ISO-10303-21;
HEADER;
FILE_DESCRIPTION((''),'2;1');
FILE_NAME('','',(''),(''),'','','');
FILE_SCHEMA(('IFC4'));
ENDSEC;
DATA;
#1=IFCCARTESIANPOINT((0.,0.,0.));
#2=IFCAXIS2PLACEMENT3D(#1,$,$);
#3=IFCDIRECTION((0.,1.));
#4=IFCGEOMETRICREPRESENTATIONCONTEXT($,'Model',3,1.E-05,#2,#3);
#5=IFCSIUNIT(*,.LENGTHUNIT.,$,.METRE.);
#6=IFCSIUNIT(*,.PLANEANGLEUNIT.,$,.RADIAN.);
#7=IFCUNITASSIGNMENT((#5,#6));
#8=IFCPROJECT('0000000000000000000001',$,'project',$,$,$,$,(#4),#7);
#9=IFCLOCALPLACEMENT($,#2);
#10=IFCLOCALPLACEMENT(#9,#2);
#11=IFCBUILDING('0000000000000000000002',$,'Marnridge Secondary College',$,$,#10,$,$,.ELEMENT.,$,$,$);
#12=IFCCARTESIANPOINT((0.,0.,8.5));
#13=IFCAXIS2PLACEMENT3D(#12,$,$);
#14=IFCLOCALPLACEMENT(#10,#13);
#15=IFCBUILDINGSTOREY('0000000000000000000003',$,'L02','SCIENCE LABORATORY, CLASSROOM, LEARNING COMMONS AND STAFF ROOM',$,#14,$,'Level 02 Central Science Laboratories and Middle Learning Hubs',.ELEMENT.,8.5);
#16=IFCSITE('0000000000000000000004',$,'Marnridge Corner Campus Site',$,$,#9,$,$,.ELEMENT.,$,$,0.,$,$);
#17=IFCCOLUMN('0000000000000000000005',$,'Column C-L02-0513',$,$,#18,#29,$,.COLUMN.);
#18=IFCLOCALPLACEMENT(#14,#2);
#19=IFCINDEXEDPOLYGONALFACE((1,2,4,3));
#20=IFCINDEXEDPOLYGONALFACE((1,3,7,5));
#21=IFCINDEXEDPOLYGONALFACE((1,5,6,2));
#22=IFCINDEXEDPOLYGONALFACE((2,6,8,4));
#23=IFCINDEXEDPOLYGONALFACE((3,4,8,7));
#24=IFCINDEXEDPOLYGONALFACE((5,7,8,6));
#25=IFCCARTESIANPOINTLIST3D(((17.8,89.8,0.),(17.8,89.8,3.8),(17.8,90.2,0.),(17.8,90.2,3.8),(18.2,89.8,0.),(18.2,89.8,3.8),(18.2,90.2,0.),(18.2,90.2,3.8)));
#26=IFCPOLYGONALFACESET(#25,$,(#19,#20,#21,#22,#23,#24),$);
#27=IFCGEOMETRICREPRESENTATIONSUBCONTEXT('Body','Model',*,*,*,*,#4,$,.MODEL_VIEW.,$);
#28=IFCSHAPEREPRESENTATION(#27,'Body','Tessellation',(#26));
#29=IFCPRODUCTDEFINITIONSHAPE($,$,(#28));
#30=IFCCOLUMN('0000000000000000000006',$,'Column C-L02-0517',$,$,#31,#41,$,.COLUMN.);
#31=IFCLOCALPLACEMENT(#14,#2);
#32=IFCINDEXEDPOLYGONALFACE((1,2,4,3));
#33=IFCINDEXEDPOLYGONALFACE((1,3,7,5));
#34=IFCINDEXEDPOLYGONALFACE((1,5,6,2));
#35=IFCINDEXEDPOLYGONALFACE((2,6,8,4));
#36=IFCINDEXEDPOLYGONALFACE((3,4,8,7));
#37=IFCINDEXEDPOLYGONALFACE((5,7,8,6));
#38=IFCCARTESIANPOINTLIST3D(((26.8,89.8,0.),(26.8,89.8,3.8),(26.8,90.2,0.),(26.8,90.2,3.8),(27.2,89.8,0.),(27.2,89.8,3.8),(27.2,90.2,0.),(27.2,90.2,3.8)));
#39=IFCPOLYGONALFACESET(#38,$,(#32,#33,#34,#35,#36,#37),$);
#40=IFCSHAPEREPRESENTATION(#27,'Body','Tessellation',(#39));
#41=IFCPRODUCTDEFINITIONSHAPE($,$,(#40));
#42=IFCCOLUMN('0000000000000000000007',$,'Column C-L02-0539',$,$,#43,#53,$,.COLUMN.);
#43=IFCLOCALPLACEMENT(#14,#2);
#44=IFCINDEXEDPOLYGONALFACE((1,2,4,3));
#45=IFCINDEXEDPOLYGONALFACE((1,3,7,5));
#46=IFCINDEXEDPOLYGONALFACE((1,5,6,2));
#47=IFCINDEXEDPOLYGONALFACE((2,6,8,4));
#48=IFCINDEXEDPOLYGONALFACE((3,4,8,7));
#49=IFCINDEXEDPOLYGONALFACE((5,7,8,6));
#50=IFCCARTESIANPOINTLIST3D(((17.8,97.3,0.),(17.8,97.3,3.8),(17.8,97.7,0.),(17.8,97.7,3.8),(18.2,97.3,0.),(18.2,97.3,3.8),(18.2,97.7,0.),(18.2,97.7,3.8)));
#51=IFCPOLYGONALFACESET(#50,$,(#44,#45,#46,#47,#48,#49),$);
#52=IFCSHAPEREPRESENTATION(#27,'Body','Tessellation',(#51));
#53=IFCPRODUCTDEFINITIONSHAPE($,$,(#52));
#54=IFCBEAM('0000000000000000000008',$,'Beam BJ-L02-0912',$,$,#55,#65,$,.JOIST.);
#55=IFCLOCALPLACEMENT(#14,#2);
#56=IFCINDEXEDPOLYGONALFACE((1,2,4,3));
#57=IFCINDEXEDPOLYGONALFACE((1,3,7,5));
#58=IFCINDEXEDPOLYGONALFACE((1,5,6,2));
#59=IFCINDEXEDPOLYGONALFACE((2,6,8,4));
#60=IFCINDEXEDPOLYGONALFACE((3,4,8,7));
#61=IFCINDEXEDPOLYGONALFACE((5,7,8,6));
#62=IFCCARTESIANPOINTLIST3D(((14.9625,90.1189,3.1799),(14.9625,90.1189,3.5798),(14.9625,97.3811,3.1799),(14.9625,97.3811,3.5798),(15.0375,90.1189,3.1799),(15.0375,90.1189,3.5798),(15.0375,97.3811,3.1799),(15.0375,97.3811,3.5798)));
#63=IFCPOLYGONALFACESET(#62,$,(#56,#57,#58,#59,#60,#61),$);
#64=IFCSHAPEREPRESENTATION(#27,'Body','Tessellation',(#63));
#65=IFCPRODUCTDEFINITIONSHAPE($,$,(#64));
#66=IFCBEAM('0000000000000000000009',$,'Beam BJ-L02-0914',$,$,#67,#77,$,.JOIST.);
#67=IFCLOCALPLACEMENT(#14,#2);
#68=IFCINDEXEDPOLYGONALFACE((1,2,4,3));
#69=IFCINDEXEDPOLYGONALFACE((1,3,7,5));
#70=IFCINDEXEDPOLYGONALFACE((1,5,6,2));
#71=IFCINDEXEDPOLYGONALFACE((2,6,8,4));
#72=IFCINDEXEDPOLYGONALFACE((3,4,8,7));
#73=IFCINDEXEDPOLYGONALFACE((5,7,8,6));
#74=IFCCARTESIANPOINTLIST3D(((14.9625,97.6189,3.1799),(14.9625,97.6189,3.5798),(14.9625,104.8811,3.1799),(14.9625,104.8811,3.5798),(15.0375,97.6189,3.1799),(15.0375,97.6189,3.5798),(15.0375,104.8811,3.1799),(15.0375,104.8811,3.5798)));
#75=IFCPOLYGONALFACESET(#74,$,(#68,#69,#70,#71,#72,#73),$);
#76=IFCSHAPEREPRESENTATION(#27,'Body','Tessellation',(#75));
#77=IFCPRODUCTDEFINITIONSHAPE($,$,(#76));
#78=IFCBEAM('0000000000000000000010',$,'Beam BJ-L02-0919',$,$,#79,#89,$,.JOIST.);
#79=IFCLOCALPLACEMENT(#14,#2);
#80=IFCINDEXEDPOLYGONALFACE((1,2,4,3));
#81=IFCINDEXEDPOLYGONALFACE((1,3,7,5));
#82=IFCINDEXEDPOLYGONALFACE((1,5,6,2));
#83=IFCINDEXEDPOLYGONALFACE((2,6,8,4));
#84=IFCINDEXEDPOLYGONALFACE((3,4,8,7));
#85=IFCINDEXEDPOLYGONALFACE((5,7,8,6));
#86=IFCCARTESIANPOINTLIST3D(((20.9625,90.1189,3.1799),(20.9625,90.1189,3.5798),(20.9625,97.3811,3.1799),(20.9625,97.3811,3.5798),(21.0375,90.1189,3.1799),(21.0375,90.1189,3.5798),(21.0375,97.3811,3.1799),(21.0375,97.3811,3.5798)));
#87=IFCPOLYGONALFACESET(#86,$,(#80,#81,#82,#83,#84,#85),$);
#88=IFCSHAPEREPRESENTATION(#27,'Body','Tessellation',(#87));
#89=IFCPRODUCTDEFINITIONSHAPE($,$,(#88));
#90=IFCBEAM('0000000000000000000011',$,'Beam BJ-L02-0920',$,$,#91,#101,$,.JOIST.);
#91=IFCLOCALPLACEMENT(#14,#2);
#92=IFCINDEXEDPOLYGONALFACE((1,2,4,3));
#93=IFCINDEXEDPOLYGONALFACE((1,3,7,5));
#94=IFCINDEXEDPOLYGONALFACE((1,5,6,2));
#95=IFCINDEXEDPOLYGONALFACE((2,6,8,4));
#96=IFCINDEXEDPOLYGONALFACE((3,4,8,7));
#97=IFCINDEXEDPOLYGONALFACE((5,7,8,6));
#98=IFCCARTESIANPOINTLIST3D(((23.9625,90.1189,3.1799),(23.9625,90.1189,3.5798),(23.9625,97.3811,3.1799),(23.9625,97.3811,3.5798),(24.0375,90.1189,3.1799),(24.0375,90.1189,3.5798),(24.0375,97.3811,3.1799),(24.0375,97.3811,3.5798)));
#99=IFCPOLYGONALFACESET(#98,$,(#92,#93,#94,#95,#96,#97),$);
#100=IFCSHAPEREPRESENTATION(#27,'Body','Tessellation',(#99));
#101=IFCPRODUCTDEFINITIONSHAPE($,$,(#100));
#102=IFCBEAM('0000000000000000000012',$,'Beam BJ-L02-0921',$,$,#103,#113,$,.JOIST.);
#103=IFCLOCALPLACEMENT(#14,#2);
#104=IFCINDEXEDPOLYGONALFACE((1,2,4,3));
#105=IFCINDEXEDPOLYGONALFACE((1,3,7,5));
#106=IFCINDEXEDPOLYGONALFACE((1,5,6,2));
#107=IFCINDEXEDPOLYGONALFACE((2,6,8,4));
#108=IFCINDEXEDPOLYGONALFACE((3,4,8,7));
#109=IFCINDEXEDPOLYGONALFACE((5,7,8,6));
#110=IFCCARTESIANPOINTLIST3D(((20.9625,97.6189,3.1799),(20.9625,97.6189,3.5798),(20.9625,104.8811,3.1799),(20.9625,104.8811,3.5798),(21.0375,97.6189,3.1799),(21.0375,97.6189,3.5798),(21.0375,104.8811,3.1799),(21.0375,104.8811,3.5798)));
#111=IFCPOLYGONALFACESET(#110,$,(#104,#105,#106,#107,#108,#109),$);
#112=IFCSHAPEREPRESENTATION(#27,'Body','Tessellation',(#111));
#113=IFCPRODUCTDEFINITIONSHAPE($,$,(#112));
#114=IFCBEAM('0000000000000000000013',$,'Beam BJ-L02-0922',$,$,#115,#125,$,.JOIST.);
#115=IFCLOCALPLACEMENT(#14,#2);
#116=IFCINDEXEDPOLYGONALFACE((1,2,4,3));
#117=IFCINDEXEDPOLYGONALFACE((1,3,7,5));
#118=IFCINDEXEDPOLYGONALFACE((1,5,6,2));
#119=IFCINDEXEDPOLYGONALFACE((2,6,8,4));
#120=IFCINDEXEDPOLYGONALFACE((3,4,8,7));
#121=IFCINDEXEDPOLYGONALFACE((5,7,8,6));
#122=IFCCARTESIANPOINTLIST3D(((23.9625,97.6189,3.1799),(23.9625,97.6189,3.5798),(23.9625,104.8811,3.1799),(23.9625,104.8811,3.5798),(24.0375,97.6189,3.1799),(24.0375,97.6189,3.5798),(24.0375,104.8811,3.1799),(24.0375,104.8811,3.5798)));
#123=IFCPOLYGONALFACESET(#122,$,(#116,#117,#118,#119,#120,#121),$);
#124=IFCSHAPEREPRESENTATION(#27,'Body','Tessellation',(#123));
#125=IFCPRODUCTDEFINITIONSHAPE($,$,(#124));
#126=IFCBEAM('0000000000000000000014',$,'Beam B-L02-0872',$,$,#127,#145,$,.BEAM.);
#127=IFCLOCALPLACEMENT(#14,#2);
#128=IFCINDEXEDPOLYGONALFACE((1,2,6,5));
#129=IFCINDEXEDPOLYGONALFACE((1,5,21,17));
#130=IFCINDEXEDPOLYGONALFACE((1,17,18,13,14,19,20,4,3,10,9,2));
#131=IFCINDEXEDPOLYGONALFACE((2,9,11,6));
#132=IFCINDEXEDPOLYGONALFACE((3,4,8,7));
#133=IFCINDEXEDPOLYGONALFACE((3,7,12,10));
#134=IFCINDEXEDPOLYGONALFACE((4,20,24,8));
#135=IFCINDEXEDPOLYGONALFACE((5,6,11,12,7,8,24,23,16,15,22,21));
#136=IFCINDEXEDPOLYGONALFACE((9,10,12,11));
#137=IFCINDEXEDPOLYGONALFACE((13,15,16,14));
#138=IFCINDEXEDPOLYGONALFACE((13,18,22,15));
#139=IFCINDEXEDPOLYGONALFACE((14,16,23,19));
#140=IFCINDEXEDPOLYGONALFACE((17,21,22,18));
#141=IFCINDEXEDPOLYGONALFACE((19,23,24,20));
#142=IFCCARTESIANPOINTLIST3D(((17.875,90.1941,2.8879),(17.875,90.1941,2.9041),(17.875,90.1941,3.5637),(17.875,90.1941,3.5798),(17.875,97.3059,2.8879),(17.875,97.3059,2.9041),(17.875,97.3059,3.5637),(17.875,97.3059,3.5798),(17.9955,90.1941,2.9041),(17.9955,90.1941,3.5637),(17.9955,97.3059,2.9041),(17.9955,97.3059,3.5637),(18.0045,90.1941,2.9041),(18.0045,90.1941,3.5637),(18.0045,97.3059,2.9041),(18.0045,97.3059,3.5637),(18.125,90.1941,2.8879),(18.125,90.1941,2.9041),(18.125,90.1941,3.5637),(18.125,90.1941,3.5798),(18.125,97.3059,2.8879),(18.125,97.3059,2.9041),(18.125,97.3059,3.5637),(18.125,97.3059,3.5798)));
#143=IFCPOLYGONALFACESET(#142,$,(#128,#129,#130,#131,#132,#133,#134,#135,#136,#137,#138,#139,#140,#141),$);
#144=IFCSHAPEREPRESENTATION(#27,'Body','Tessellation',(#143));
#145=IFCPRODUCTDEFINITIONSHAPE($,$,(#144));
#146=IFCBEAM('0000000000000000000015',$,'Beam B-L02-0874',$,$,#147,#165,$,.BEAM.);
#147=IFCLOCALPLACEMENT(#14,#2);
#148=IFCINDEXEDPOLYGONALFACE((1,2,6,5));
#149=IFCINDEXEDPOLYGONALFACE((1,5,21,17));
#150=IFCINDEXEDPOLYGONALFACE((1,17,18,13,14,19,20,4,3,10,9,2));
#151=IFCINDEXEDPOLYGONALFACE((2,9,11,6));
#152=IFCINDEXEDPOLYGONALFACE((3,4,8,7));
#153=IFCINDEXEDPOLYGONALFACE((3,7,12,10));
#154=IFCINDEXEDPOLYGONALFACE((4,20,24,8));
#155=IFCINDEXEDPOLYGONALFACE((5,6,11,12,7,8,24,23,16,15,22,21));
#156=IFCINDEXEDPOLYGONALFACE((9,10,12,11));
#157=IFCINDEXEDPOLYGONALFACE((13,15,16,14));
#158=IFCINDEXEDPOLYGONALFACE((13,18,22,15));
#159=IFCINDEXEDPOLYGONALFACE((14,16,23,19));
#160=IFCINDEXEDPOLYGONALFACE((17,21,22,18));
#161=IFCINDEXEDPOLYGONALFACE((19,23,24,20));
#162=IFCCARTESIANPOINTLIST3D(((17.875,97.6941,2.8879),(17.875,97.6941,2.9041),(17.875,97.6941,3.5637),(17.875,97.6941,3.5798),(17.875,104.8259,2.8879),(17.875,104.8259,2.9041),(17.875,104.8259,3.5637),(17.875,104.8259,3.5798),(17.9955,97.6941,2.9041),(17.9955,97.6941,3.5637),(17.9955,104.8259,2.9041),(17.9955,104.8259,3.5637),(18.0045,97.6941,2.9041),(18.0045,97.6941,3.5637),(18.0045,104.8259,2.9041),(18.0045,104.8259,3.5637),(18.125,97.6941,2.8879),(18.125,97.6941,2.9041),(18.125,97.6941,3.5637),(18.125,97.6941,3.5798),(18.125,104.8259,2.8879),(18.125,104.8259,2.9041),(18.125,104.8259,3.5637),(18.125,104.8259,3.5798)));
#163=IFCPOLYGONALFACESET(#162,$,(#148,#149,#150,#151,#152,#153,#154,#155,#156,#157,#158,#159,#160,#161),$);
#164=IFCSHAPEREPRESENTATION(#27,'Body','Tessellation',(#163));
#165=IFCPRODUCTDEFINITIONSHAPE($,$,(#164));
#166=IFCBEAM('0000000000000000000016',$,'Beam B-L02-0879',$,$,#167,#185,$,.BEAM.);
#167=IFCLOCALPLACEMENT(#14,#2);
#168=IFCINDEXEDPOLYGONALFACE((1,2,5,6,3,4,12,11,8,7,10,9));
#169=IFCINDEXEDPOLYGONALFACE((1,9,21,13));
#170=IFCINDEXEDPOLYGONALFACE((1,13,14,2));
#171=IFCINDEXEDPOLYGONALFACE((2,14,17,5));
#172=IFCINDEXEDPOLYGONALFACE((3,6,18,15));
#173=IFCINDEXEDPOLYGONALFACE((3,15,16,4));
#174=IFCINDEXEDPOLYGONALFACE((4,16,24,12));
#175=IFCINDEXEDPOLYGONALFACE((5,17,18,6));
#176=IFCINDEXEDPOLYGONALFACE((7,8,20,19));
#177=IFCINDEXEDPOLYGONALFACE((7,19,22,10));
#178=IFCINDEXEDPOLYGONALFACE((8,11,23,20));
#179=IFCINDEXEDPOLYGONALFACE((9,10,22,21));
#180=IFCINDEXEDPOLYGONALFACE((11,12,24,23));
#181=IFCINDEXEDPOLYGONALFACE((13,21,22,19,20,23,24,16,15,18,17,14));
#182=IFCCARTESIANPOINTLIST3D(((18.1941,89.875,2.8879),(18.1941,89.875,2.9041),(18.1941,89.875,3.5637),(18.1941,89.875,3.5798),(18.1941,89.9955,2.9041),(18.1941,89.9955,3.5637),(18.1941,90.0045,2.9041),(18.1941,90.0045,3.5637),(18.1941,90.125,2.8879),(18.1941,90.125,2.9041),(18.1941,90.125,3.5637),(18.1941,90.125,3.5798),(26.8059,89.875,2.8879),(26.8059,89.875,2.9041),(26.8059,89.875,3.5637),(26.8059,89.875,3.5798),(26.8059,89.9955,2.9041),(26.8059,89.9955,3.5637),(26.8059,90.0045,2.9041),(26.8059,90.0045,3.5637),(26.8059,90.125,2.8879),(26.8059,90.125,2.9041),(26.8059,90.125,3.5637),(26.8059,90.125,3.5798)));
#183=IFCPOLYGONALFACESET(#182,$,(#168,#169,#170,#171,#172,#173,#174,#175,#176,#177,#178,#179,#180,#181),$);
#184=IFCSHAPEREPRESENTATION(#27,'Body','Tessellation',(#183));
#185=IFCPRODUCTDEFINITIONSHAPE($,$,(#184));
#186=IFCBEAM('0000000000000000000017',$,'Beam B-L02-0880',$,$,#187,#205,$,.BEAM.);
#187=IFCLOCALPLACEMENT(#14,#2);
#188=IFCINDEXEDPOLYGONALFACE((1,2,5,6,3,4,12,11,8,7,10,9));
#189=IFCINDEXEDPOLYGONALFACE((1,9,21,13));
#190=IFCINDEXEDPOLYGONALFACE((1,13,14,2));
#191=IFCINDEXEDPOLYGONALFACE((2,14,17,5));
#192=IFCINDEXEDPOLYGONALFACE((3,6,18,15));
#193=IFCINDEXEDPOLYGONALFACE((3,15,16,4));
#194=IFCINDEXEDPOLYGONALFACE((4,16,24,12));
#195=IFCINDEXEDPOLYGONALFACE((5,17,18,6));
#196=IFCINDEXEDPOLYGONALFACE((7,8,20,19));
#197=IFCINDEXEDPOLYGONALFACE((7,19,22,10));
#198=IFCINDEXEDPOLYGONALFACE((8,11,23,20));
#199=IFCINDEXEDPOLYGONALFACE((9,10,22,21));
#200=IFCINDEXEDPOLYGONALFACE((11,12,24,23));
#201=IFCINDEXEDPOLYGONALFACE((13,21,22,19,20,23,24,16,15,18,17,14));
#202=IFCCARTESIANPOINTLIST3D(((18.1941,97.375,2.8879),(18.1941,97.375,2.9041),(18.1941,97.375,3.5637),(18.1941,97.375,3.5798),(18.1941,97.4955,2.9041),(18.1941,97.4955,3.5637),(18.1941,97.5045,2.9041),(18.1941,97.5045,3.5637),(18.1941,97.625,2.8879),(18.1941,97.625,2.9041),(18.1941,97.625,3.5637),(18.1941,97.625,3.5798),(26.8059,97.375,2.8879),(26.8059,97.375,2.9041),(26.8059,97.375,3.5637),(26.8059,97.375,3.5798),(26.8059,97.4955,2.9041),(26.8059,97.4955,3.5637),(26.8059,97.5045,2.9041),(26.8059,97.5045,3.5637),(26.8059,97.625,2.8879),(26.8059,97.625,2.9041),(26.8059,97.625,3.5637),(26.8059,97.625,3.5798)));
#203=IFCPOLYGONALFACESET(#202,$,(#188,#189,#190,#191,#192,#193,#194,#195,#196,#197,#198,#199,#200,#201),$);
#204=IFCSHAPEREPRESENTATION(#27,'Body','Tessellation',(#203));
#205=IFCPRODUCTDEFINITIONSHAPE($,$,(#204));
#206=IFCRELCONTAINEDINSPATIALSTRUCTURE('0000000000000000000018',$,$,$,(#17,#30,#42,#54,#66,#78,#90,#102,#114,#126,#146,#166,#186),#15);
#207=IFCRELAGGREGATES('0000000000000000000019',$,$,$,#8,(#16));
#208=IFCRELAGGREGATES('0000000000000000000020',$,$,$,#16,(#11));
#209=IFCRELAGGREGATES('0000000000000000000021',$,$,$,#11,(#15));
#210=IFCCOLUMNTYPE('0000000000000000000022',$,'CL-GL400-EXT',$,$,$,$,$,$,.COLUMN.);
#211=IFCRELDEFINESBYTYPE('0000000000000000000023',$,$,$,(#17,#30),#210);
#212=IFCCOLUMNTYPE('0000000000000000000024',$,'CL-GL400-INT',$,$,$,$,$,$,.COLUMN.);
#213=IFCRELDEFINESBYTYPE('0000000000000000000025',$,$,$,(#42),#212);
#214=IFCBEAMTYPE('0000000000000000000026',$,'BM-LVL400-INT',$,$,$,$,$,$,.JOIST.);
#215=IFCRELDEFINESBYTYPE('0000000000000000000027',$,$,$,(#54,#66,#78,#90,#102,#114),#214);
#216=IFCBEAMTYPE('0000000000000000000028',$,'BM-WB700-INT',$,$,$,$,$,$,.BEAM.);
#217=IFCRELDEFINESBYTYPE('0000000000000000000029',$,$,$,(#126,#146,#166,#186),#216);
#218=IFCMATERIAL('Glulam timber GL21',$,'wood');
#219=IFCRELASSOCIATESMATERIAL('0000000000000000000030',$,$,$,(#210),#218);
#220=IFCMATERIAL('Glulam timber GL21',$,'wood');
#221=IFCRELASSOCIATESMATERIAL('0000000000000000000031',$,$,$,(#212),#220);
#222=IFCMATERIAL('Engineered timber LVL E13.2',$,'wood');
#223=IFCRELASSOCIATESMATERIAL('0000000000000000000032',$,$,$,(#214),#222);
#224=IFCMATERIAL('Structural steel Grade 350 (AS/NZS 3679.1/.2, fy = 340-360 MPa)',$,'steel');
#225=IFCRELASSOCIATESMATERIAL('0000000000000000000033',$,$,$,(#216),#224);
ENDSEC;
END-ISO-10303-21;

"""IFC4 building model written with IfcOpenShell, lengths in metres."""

from ifc_helpers import new_model, si_unit, direction, frame, origin, origin_2d, place, context, subcontext, project, spatial, rectangle, i_section, extrude, material, material_profile, profile_set, type_object, element, save


model = new_model("IFC4")

# Units and contexts
model_context = context("Model", 3, precision=1e-05, world=origin(), true_north=direction((0.0, 1.0)))
body_context = subcontext(model_context, "Body", "Model", "MODEL_VIEW")
ifc_project = project(units=[si_unit("LENGTHUNIT", "METRE"), si_unit("PLANEANGLEUNIT", "RADIAN")], contexts=[model_context])

# Site, building, storey
site_placement = place(None, origin())
site = spatial("IfcSite", under=ifc_project, at=site_placement, Name="Marnridge Corner Campus Site", CompositionType="ELEMENT", RefElevation=0.0)
building_placement = place(site_placement, origin())
building = spatial("IfcBuilding", under=site, at=building_placement, Name="Marnridge Secondary College", CompositionType="ELEMENT")
storey_placement = place(building_placement, frame((0.0, 0.0, 8.5)))
storey = spatial("IfcBuildingStorey", under=building, at=storey_placement, Name="L02", Description="SCIENCE LABORATORY, CLASSROOM, LEARNING COMMONS AND STAFF ROOM", LongName="Level 02 Central Science Laboratories and Middle Learning Hubs", CompositionType="ELEMENT", Elevation=8.5)

# Columns
ifc_material_1 = material(Name="Glulam timber GL21", Category="wood")
ifc_material_profile_1 = material_profile(ifc_material_1, rectangle(XDim=0.3999, YDim=0.3999, at=origin_2d()), Name="GL21 400x400")
ifc_profile_set_1 = profile_set([ifc_material_profile_1], Name="Glulam timber GL21")
column_type_1 = type_object("IfcColumnType", Name="CL-GL400-EXT", PredefinedType="COLUMN", material=ifc_profile_set_1)
for number, where, z_axis, x_axis, name in (
    (1, (18.0, 90.0, 0.0), (0.0, 0.0, 1.0), (1.0, 0.0, 0.0), "Column C-L02-0513"),
    (2, (27.0, 90.0, 0.0), (0.0, 0.0, 1.0), (1.0, 0.0, 0.0), "Column C-L02-0517"),
):
    element("IfcColumn", number, at=place(storey_placement, frame(where, z_axis=z_axis, x_axis=x_axis)), inside=storey, type_object=column_type_1, Name=name, PredefinedType="COLUMN", context=body_context, shape_type="SweptSolid", body=[
        extrude(rectangle(XDim=0.3999, YDim=0.3999, at=origin_2d()), origin(), (0.0, 0.0, 1.0), 3.8),
    ])
ifc_material_2 = material(Name="Glulam timber GL21", Category="wood")
ifc_material_profile_2 = material_profile(ifc_material_2, rectangle(XDim=0.3999, YDim=0.3999, at=origin_2d()), Name="GL21 400x400")
ifc_profile_set_2 = profile_set([ifc_material_profile_2], Name="Glulam timber GL21")
column_type_2 = type_object("IfcColumnType", Name="CL-GL400-INT", PredefinedType="COLUMN", material=ifc_profile_set_2)
column_placement = place(storey_placement, frame((18.0, 97.5, 0.0), z_axis=(0.0, 0.0, 1.0), x_axis=(1.0, 0.0, 0.0)))
element("IfcColumn", 3, at=column_placement, inside=storey, type_object=column_type_2, Name="Column C-L02-0539", PredefinedType="COLUMN", context=body_context, shape_type="SweptSolid", body=[
    extrude(rectangle(XDim=0.3999, YDim=0.3999, at=origin_2d()), origin(), (0.0, 0.0, 1.0), 3.8),
])

# Beams
ifc_material_3 = material(Name="Engineered timber LVL E13.2", Category="wood")
ifc_material_profile_3 = material_profile(ifc_material_3, rectangle(XDim=0.075, YDim=0.3999, at=origin_2d()), Name="LVL 75x400")
ifc_profile_set_3 = profile_set([ifc_material_profile_3], Name="Engineered timber LVL E13.2")
beam_type_1 = type_object("IfcBeamType", Name="BM-LVL400-INT", PredefinedType="JOIST", material=ifc_profile_set_3)
for number, where, z_axis, x_axis, name in (
    (4, (15.0, 90.1189, 3.3799), (0.0, 1.0, 0.0), (-1.0, 0.0, 0.0), "Beam BJ-L02-0912"),
    (5, (15.0, 97.6189, 3.3799), (0.0, 1.0, 0.0), (-1.0, 0.0, 0.0), "Beam BJ-L02-0914"),
    (6, (21.0, 90.1189, 3.3799), (0.0, 1.0, 0.0), (-1.0, 0.0, 0.0), "Beam BJ-L02-0919"),
    (7, (24.0, 90.1189, 3.3799), (0.0, 1.0, 0.0), (-1.0, 0.0, 0.0), "Beam BJ-L02-0920"),
    (8, (21.0, 97.6189, 3.3799), (0.0, 1.0, 0.0), (-1.0, 0.0, 0.0), "Beam BJ-L02-0921"),
    (9, (24.0, 97.6189, 3.3799), (0.0, 1.0, 0.0), (-1.0, 0.0, 0.0), "Beam BJ-L02-0922"),
):
    element("IfcBeam", number, at=place(storey_placement, frame(where, z_axis=z_axis, x_axis=x_axis)), inside=storey, type_object=beam_type_1, Name=name, PredefinedType="JOIST", context=body_context, shape_type="SweptSolid", body=[
        extrude(rectangle(XDim=0.075, YDim=0.3999, at=origin_2d()), origin(), (0.0, 0.0, 1.0), 7.2622),
    ])
ifc_material_4 = material(Name="Structural steel Grade 350 (AS/NZS 3679.1/.2, fy = 340-360 MPa)", Category="steel")
ifc_material_profile_4 = material_profile(ifc_material_4, i_section(OverallWidth=0.25, OverallDepth=0.6919, WebThickness=0.009, FlangeThickness=0.0161, at=origin_2d()), Name="700WB115")
ifc_profile_set_4 = profile_set([ifc_material_profile_4], Name="Structural steel Grade 350 (AS/NZS 3679.1/.2, fy = 340-360 MPa)")
beam_type_2 = type_object("IfcBeamType", Name="BM-WB700-INT", PredefinedType="BEAM", material=ifc_profile_set_4)
beam_1_placement = place(storey_placement, frame((18.0, 90.1941, 3.2339), z_axis=(0.0, 1.0, 0.0), x_axis=(-1.0, 0.0, 0.0)))
element("IfcBeam", 10, at=beam_1_placement, inside=storey, type_object=beam_type_2, Name="Beam B-L02-0872", PredefinedType="BEAM", context=body_context, shape_type="SweptSolid", body=[
    extrude(i_section(OverallWidth=0.25, OverallDepth=0.6919, WebThickness=0.009, FlangeThickness=0.0161, at=origin_2d()), origin(), (0.0, 0.0, 1.0), 7.1118),
])
beam_2_placement = place(storey_placement, frame((18.0, 97.6941, 3.2339), z_axis=(0.0, 1.0, 0.0), x_axis=(-1.0, 0.0, 0.0)))
element("IfcBeam", 11, at=beam_2_placement, inside=storey, type_object=beam_type_2, Name="Beam B-L02-0874", PredefinedType="BEAM", context=body_context, shape_type="SweptSolid", body=[
    extrude(i_section(OverallWidth=0.25, OverallDepth=0.6919, WebThickness=0.009, FlangeThickness=0.0161, at=origin_2d()), origin(), (0.0, 0.0, 1.0), 7.1318),
])
for number, where, z_axis, x_axis, name in (
    (12, (18.1941, 90.0, 3.2339), (1.0, 0.0, 0.0), (0.0, 1.0, 0.0), "Beam B-L02-0879"),
    (13, (18.1941, 97.5, 3.2339), (1.0, 0.0, 0.0), (0.0, 1.0, 0.0), "Beam B-L02-0880"),
):
    element("IfcBeam", number, at=place(storey_placement, frame(where, z_axis=z_axis, x_axis=x_axis)), inside=storey, type_object=beam_type_2, Name=name, PredefinedType="BEAM", context=body_context, shape_type="SweptSolid", body=[
        extrude(i_section(OverallWidth=0.25, OverallDepth=0.6919, WebThickness=0.009, FlangeThickness=0.0161, at=origin_2d()), origin(), (0.0, 0.0, 1.0), 8.6118),
    ])

save(model, "model.ifc")
